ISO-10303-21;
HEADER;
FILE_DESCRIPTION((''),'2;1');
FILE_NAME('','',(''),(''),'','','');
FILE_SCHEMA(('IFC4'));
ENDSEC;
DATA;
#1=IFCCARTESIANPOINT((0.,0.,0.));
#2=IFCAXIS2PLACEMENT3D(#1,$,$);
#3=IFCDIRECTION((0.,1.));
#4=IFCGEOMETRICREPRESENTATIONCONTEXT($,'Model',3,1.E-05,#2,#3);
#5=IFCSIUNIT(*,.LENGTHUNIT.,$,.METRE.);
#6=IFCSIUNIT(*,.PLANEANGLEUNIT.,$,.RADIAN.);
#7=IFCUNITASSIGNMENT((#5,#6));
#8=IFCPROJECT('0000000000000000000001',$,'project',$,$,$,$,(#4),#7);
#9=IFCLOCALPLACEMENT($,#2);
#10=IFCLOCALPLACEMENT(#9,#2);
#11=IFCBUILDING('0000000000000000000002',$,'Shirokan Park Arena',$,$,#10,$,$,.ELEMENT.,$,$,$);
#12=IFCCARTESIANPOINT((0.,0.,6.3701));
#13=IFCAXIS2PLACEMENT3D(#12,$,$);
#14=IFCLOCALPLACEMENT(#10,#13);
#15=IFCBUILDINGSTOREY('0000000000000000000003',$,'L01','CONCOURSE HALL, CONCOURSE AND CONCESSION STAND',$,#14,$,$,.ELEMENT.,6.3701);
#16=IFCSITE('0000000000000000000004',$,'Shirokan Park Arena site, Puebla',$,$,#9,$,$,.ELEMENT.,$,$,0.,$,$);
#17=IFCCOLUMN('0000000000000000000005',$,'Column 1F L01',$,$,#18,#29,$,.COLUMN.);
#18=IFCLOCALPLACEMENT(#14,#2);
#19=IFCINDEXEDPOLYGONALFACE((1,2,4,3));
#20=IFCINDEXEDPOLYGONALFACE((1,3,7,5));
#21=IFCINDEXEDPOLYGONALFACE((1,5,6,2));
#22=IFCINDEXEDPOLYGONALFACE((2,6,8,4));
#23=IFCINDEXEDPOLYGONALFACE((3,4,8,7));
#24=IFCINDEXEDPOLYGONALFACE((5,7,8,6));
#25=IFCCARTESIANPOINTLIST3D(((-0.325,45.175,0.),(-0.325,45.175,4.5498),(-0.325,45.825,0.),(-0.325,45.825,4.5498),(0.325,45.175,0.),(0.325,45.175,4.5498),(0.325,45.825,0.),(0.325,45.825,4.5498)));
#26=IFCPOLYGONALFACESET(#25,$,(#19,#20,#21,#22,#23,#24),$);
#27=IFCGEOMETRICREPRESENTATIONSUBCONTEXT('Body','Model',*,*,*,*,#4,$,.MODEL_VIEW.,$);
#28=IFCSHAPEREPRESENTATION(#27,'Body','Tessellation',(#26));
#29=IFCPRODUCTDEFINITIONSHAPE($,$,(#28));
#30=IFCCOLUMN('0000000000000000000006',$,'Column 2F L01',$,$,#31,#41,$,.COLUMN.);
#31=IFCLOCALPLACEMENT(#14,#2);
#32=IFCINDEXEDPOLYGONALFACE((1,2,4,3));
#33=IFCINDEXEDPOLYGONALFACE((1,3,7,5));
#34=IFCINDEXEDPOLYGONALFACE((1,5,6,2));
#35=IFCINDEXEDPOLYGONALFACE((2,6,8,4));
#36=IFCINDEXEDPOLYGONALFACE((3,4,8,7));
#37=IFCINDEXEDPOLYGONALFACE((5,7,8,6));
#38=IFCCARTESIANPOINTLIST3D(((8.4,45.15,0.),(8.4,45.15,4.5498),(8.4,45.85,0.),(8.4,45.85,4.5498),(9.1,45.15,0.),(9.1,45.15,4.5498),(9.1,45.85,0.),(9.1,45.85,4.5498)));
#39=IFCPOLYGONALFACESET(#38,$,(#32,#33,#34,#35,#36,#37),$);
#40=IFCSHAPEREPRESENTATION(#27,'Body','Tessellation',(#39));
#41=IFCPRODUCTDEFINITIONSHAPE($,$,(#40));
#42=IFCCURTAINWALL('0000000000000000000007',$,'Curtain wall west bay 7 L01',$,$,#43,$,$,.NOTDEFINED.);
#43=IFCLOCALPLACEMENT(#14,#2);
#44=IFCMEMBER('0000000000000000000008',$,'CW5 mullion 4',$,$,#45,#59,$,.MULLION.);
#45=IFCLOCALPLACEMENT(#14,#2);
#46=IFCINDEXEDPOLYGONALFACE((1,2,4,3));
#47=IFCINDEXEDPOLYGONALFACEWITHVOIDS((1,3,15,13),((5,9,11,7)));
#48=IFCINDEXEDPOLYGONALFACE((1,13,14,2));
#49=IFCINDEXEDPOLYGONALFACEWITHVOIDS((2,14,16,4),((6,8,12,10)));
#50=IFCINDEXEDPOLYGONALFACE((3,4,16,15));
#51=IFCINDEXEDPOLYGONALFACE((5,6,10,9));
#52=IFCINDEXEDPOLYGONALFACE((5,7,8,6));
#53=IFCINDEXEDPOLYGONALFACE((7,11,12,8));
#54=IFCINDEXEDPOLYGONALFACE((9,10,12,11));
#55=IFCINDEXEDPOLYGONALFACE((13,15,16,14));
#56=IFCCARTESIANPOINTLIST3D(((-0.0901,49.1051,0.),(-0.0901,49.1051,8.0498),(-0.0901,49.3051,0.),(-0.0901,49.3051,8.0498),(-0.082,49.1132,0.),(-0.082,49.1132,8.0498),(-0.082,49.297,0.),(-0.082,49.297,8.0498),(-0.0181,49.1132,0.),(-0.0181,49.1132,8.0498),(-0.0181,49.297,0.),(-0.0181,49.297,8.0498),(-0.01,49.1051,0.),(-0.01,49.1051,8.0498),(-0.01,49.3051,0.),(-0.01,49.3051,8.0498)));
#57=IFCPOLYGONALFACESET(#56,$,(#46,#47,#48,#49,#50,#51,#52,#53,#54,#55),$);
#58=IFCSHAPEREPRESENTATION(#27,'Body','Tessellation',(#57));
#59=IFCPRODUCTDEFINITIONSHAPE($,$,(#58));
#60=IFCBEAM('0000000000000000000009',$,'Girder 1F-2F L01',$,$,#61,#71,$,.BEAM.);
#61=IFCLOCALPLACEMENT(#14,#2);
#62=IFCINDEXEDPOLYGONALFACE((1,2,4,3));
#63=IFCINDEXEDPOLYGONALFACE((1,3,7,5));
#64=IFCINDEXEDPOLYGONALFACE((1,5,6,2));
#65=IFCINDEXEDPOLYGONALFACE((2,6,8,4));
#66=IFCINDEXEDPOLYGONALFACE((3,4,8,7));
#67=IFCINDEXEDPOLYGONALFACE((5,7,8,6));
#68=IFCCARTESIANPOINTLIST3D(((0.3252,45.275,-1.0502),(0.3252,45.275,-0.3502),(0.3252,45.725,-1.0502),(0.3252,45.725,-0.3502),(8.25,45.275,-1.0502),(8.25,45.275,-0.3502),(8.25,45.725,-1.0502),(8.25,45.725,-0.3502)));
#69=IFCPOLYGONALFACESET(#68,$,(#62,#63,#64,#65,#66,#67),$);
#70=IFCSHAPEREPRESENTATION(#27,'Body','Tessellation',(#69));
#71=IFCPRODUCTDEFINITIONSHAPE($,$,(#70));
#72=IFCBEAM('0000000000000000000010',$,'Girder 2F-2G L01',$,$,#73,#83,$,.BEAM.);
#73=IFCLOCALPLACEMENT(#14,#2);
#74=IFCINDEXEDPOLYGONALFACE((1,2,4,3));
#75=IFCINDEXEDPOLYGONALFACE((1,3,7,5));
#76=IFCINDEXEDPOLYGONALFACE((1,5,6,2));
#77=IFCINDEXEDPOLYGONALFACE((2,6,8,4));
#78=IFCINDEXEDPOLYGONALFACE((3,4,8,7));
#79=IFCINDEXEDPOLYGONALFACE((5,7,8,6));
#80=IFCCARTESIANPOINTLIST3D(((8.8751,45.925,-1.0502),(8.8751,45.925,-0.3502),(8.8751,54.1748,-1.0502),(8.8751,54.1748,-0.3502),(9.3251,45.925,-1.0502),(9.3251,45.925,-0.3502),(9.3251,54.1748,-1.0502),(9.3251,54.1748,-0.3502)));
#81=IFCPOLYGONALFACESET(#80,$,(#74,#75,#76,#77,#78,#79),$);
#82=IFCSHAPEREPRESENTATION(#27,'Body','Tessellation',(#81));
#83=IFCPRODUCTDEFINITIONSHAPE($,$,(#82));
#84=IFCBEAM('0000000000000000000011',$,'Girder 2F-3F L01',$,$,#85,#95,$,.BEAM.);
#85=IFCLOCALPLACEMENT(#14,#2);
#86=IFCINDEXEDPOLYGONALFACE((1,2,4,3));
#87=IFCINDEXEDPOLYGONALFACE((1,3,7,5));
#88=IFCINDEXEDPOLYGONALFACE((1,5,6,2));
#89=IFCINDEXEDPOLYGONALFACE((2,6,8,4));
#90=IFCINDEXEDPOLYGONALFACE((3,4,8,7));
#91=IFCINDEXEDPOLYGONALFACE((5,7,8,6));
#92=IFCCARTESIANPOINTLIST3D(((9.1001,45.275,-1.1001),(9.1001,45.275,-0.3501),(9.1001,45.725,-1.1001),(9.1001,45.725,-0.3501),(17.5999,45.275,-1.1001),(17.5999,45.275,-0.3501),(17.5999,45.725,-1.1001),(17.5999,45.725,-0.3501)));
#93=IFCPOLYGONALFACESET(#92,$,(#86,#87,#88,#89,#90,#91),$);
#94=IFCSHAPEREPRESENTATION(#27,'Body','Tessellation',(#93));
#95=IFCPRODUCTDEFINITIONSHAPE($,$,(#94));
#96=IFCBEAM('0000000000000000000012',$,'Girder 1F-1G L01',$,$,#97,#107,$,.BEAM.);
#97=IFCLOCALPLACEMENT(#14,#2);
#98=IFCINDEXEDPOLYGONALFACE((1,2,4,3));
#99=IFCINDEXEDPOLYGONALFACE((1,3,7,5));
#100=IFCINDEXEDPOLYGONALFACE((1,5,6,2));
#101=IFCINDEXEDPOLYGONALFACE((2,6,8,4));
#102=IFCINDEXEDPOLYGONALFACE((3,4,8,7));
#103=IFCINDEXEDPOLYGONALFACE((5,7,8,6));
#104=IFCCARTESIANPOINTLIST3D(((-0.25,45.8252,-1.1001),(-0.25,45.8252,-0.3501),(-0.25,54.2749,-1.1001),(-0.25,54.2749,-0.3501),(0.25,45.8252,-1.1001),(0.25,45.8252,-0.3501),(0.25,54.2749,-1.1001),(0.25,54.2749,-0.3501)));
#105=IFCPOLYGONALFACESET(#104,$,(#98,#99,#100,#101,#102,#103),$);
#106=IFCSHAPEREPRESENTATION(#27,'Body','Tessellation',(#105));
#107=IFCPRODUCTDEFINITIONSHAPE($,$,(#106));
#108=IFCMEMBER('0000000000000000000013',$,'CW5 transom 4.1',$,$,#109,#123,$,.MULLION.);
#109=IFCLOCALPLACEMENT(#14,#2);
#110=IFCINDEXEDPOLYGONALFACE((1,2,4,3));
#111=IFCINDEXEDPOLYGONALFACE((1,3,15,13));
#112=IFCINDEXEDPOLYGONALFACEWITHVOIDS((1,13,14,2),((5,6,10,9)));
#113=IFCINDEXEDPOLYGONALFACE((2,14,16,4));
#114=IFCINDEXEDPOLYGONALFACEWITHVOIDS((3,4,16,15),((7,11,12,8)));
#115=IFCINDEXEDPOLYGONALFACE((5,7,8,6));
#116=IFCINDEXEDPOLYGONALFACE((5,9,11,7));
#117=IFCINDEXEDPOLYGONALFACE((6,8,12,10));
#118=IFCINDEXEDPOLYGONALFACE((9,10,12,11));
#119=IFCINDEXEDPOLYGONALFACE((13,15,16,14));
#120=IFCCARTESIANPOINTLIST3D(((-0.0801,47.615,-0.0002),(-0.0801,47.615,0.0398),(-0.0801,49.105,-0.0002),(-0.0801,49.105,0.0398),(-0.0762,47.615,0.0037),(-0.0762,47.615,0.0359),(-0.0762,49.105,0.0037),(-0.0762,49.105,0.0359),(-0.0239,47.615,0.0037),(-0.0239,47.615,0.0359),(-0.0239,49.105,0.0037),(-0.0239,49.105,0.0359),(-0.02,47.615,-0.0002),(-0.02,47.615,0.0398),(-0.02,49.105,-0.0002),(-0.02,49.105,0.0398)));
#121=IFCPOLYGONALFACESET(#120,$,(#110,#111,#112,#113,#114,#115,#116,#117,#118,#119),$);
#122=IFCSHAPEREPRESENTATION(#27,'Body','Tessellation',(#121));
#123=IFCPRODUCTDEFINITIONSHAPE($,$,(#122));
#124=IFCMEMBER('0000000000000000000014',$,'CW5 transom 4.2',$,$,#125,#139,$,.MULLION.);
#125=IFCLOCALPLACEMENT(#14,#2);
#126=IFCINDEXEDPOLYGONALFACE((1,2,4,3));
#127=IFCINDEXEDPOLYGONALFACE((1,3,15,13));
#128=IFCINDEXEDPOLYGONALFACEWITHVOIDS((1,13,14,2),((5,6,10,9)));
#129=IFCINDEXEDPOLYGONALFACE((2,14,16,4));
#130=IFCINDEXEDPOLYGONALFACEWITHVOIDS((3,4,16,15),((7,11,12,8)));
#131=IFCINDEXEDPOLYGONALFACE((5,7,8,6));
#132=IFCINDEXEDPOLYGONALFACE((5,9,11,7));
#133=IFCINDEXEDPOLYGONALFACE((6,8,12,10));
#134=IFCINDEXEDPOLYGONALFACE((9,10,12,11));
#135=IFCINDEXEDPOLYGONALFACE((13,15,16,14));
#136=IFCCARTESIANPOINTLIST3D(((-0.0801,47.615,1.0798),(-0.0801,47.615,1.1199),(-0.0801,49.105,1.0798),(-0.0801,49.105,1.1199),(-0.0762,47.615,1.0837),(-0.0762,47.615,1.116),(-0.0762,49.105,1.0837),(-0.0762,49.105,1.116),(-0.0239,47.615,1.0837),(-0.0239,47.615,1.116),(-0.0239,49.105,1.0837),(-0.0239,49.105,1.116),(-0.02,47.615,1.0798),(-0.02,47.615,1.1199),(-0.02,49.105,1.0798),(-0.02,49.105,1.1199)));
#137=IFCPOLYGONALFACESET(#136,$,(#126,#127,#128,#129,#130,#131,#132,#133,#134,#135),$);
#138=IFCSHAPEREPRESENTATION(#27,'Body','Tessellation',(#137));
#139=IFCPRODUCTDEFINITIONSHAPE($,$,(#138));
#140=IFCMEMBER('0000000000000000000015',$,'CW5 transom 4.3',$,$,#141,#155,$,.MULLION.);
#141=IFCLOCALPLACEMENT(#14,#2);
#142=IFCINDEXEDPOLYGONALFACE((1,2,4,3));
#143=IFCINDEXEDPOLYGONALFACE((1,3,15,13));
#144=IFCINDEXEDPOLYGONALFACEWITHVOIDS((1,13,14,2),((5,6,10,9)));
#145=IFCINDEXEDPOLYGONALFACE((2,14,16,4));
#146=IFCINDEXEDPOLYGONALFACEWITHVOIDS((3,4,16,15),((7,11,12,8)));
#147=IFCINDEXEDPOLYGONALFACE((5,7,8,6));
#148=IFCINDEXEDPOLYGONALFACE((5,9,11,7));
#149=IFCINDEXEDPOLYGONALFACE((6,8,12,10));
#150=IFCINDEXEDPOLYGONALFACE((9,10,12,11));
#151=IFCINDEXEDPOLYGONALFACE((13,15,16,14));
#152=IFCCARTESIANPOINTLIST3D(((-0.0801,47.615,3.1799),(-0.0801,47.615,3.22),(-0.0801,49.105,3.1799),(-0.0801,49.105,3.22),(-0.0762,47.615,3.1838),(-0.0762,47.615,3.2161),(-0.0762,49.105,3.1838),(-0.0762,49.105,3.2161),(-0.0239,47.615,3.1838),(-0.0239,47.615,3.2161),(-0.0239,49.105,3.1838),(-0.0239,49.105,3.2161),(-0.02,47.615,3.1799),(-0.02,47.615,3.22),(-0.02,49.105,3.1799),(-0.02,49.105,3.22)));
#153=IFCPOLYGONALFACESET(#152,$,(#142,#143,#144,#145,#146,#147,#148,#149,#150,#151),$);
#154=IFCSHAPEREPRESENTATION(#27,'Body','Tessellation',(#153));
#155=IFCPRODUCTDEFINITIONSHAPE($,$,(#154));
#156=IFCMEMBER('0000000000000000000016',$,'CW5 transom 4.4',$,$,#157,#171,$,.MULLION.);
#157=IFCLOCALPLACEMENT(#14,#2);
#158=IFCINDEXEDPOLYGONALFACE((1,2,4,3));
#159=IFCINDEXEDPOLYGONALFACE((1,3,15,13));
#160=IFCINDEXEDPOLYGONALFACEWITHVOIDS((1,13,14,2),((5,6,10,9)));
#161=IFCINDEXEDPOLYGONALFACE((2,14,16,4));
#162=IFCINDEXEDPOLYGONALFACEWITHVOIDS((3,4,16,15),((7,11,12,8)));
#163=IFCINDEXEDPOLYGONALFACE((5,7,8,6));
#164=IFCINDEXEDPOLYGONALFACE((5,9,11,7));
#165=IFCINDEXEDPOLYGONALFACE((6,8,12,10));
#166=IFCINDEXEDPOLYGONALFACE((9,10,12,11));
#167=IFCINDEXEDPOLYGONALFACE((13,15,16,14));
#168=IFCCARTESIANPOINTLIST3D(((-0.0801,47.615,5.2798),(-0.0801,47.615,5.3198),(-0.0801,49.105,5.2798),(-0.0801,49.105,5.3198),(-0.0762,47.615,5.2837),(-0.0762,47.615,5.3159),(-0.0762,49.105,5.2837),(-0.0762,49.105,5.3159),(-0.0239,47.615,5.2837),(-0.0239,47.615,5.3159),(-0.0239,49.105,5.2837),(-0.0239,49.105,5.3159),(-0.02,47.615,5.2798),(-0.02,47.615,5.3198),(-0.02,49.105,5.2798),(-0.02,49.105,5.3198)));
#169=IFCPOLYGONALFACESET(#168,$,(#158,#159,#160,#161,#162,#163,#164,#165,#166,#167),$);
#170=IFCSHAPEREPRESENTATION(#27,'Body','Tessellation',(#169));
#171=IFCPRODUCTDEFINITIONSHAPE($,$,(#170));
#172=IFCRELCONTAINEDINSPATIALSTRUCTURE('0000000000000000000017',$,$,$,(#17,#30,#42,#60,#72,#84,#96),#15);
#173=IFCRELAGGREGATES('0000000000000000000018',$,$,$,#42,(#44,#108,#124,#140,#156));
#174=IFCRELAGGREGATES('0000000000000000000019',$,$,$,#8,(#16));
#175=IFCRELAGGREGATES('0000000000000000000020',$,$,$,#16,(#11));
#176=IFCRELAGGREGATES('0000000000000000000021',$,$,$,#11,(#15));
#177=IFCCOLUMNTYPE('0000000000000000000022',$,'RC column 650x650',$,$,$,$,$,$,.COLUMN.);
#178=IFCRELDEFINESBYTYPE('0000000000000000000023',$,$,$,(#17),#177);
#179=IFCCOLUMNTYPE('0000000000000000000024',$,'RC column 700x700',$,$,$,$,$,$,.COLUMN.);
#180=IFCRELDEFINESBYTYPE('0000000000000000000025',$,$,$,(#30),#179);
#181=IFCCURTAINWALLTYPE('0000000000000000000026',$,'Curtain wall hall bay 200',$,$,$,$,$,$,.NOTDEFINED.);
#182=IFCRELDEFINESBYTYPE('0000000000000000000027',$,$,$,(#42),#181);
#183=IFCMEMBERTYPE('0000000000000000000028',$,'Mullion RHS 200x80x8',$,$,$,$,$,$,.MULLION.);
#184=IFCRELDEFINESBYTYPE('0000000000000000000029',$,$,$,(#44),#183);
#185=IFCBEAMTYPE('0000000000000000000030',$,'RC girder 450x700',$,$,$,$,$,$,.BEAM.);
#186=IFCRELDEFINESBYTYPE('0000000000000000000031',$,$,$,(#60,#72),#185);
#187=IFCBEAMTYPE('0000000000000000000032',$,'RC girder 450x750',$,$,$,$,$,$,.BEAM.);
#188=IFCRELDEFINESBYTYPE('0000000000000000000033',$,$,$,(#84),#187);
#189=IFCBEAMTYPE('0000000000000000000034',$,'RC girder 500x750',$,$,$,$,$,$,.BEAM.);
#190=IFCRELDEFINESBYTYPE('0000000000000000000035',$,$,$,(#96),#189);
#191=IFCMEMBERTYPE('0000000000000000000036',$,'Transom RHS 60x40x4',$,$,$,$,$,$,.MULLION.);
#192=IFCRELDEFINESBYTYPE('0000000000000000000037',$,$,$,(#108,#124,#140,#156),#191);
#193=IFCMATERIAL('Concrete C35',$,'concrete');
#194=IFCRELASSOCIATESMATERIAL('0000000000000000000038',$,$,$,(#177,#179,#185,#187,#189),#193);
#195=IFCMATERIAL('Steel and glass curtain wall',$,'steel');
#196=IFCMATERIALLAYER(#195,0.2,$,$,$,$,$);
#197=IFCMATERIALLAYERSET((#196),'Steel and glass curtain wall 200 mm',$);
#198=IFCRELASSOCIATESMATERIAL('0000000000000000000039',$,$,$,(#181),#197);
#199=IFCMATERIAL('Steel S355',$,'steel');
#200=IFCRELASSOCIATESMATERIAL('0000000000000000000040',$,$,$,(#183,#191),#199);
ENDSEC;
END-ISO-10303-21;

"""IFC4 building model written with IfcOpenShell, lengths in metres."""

from ifc_helpers import new_model, si_unit, direction, frame, origin, origin_2d, place, context, subcontext, project, spatial, rectangle, hollow_rectangle, extrude, material, layer, layer_set, material_profile, profile_set, type_object, element, aggregate, save


model = new_model("IFC4")

# Units and contexts
model_context = context("Model", 3, precision=1e-05, world=origin(), true_north=direction((0.0, 1.0)))
body_context = subcontext(model_context, "Body", "Model", "MODEL_VIEW")
ifc_project = project(units=[si_unit("LENGTHUNIT", "METRE"), si_unit("PLANEANGLEUNIT", "RADIAN")], contexts=[model_context])

# Site, building, storey
site_placement = place(None, origin())
site = spatial("IfcSite", under=ifc_project, at=site_placement, Name="Shirokan Park Arena site, Puebla", CompositionType="ELEMENT", RefElevation=0.0)
building_placement = place(site_placement, origin())
building = spatial("IfcBuilding", under=site, at=building_placement, Name="Shirokan Park Arena", CompositionType="ELEMENT")
storey_placement = place(building_placement, frame((0.0, 0.0, 6.3701)))
storey = spatial("IfcBuildingStorey", under=building, at=storey_placement, Name="L01", Description="CONCOURSE HALL, CONCOURSE AND CONCESSION STAND", CompositionType="ELEMENT", Elevation=6.3701)

# Columns
ifc_material_1 = material(Name="Concrete C35", Category="concrete")
ifc_material_profile_1 = material_profile(ifc_material_1, rectangle(XDim=0.6499, YDim=0.6499, at=origin_2d()), Name="650x650")
ifc_profile_set_1 = profile_set([ifc_material_profile_1], Name="Concrete C35")
column_type_1 = type_object("IfcColumnType", Name="RC column 650x650", PredefinedType="COLUMN", material=ifc_profile_set_1)
column_1_placement = place(storey_placement, frame((0.0, 45.5, 0.0), z_axis=(0.0, 0.0, 1.0), x_axis=(1.0, 0.0, 0.0)))
element("IfcColumn", 1, at=column_1_placement, inside=storey, type_object=column_type_1, Name="Column 1F L01", PredefinedType="COLUMN", context=body_context, shape_type="SweptSolid", body=[
    extrude(rectangle(XDim=0.6499, YDim=0.6499, at=origin_2d()), origin(), (0.0, 0.0, 1.0), 4.5498),
])
ifc_material_profile_2 = material_profile(ifc_material_1, rectangle(XDim=0.7, YDim=0.7, at=origin_2d()), Name="700x700")
ifc_profile_set_2 = profile_set([ifc_material_profile_2], Name="Concrete C35")
column_type_2 = type_object("IfcColumnType", Name="RC column 700x700", PredefinedType="COLUMN", material=ifc_profile_set_2)
column_2_placement = place(storey_placement, frame((8.75, 45.5, 0.0), z_axis=(0.0, 0.0, 1.0), x_axis=(1.0, 0.0, 0.0)))
element("IfcColumn", 2, at=column_2_placement, inside=storey, type_object=column_type_2, Name="Column 2F L01", PredefinedType="COLUMN", context=body_context, shape_type="SweptSolid", body=[
    extrude(rectangle(XDim=0.7, YDim=0.7, at=origin_2d()), origin(), (0.0, 0.0, 1.0), 4.5498),
])

# Curtain wall, member
ifc_material_2 = material(Name="Steel and glass curtain wall", Category="steel")
ifc_layer_1 = layer(ifc_material_2, 0.2)
ifc_layer_set_1 = layer_set([ifc_layer_1], Name="Steel and glass curtain wall 200 mm")
curtain_wall_type = type_object("IfcCurtainWallType", Name="Curtain wall hall bay 200", PredefinedType="NOTDEFINED", material=ifc_layer_set_1)
curtain_wall_placement = place(storey_placement, origin())
curtain_wall = element("IfcCurtainWall", 3, at=curtain_wall_placement, inside=storey, type_object=curtain_wall_type, Name="Curtain wall west bay 7 L01", PredefinedType="NOTDEFINED")
ifc_material_3 = material(Name="Steel S355", Category="steel")
ifc_material_profile_3 = material_profile(ifc_material_3, hollow_rectangle(XDim=0.0801, YDim=0.2, WallThickness=0.0081, at=origin_2d()), Name="RHS 200x80x8")
ifc_profile_set_3 = profile_set([ifc_material_profile_3], Name="Steel S355")
member_type_1 = type_object("IfcMemberType", Name="Mullion RHS 200x80x8", PredefinedType="MULLION", material=ifc_profile_set_3)
member_1_placement = place(storey_placement, frame((-0.05, 49.2051, 0.0), z_axis=(0.0, 0.0, 1.0), x_axis=(1.0, 0.0, 0.0)))
member_1 = element("IfcMember", 4, at=member_1_placement, type_object=member_type_1, Name="CW5 mullion 4", PredefinedType="MULLION", context=body_context, shape_type="SweptSolid", body=[
    extrude(hollow_rectangle(XDim=0.0801, YDim=0.2, WallThickness=0.0081, at=origin_2d()), origin(), (0.0, 0.0, 1.0), 8.0498),
])

# Beams
ifc_material_profile_4 = material_profile(ifc_material_1, rectangle(XDim=0.45, YDim=0.7, at=origin_2d()), Name="450x700")
ifc_profile_set_4 = profile_set([ifc_material_profile_4], Name="Concrete C35")
beam_type_1 = type_object("IfcBeamType", Name="RC girder 450x700", PredefinedType="BEAM", material=ifc_profile_set_4)
beam_1_placement = place(storey_placement, frame((0.3252, 45.5, -0.7002), z_axis=(1.0, 0.0, 0.0), x_axis=(0.0, 1.0, 0.0)))
element("IfcBeam", 5, at=beam_1_placement, inside=storey, type_object=beam_type_1, Name="Girder 1F-2F L01", PredefinedType="BEAM", context=body_context, shape_type="SweptSolid", body=[
    extrude(rectangle(XDim=0.45, YDim=0.7, at=origin_2d()), origin(), (0.0, 0.0, 1.0), 7.9248),
])
beam_2_placement = place(storey_placement, frame((9.1001, 45.925, -0.7002), z_axis=(0.0, 1.0, 0.0), x_axis=(-1.0, 0.0, 0.0)))
element("IfcBeam", 6, at=beam_2_placement, inside=storey, type_object=beam_type_1, Name="Girder 2F-2G L01", PredefinedType="BEAM", context=body_context, shape_type="SweptSolid", body=[
    extrude(rectangle(XDim=0.45, YDim=0.7, at=origin_2d()), origin(), (0.0, 0.0, 1.0), 8.2498),
])
ifc_material_profile_5 = material_profile(ifc_material_1, rectangle(XDim=0.45, YDim=0.75, at=origin_2d()), Name="450x750")
ifc_profile_set_5 = profile_set([ifc_material_profile_5], Name="Concrete C35")
beam_type_2 = type_object("IfcBeamType", Name="RC girder 450x750", PredefinedType="BEAM", material=ifc_profile_set_5)
beam_3_placement = place(storey_placement, frame((9.1001, 45.5, -0.7251), z_axis=(1.0, 0.0, 0.0), x_axis=(0.0, 1.0, 0.0)))
element("IfcBeam", 7, at=beam_3_placement, inside=storey, type_object=beam_type_2, Name="Girder 2F-3F L01", PredefinedType="BEAM", context=body_context, shape_type="SweptSolid", body=[
    extrude(rectangle(XDim=0.45, YDim=0.75, at=origin_2d()), origin(), (0.0, 0.0, 1.0), 8.4998),
])
ifc_material_profile_6 = material_profile(ifc_material_1, rectangle(XDim=0.5, YDim=0.75, at=origin_2d()), Name="500x750")
ifc_profile_set_6 = profile_set([ifc_material_profile_6], Name="Concrete C35")
beam_type_3 = type_object("IfcBeamType", Name="RC girder 500x750", PredefinedType="BEAM", material=ifc_profile_set_6)
beam_4_placement = place(storey_placement, frame((0.0, 45.8252, -0.7251), z_axis=(0.0, 1.0, 0.0), x_axis=(-1.0, 0.0, 0.0)))
element("IfcBeam", 8, at=beam_4_placement, inside=storey, type_object=beam_type_3, Name="Girder 1F-1G L01", PredefinedType="BEAM", context=body_context, shape_type="SweptSolid", body=[
    extrude(rectangle(XDim=0.5, YDim=0.75, at=origin_2d()), origin(), (0.0, 0.0, 1.0), 8.4497),
])

# Members
ifc_material_profile_7 = material_profile(ifc_material_3, hollow_rectangle(XDim=0.0601, YDim=0.04, WallThickness=0.0039, at=origin_2d()), Name="RHS 60x40x4")
ifc_profile_set_7 = profile_set([ifc_material_profile_7], Name="Steel S355")
member_type_2 = type_object("IfcMemberType", Name="Transom RHS 60x40x4", PredefinedType="MULLION", material=ifc_profile_set_7)
member_2_placement = place(storey_placement, frame((-0.05, 49.105, 0.0198), z_axis=(0.0, -1.0, 0.0), x_axis=(1.0, 0.0, 0.0)))
member_2 = element("IfcMember", 9, at=member_2_placement, type_object=member_type_2, Name="CW5 transom 4.1", PredefinedType="MULLION", context=body_context, shape_type="SweptSolid", body=[
    extrude(hollow_rectangle(XDim=0.0601, YDim=0.04, WallThickness=0.0039, at=origin_2d()), origin(), (0.0, 0.0, 1.0), 1.49),
])
member_3_placement = place(storey_placement, frame((-0.05, 49.105, 1.0999), z_axis=(0.0, -1.0, 0.0), x_axis=(1.0, 0.0, 0.0)))
member_3 = element("IfcMember", 10, at=member_3_placement, type_object=member_type_2, Name="CW5 transom 4.2", PredefinedType="MULLION", context=body_context, shape_type="SweptSolid", body=[
    extrude(hollow_rectangle(XDim=0.0601, YDim=0.04, WallThickness=0.0039, at=origin_2d()), origin(), (0.0, 0.0, 1.0), 1.49),
])
member_4_placement = place(storey_placement, frame((-0.05, 49.105, 3.2), z_axis=(0.0, -1.0, 0.0), x_axis=(1.0, 0.0, 0.0)))
member_4 = element("IfcMember", 11, at=member_4_placement, type_object=member_type_2, Name="CW5 transom 4.3", PredefinedType="MULLION", context=body_context, shape_type="SweptSolid", body=[
    extrude(hollow_rectangle(XDim=0.0601, YDim=0.04, WallThickness=0.0039, at=origin_2d()), origin(), (0.0, 0.0, 1.0), 1.49),
])
member_5_placement = place(storey_placement, frame((-0.05, 49.105, 5.2998), z_axis=(0.0, -1.0, 0.0), x_axis=(1.0, 0.0, 0.0)))
member_5 = element("IfcMember", 12, at=member_5_placement, type_object=member_type_2, Name="CW5 transom 4.4", PredefinedType="MULLION", context=body_context, shape_type="SweptSolid", body=[
    extrude(hollow_rectangle(XDim=0.0601, YDim=0.04, WallThickness=0.0039, at=origin_2d()), origin(), (0.0, 0.0, 1.0), 1.49),
])

aggregate(curtain_wall, [member_1, member_2, member_3, member_4, member_5])

save(model, "model.ifc")
